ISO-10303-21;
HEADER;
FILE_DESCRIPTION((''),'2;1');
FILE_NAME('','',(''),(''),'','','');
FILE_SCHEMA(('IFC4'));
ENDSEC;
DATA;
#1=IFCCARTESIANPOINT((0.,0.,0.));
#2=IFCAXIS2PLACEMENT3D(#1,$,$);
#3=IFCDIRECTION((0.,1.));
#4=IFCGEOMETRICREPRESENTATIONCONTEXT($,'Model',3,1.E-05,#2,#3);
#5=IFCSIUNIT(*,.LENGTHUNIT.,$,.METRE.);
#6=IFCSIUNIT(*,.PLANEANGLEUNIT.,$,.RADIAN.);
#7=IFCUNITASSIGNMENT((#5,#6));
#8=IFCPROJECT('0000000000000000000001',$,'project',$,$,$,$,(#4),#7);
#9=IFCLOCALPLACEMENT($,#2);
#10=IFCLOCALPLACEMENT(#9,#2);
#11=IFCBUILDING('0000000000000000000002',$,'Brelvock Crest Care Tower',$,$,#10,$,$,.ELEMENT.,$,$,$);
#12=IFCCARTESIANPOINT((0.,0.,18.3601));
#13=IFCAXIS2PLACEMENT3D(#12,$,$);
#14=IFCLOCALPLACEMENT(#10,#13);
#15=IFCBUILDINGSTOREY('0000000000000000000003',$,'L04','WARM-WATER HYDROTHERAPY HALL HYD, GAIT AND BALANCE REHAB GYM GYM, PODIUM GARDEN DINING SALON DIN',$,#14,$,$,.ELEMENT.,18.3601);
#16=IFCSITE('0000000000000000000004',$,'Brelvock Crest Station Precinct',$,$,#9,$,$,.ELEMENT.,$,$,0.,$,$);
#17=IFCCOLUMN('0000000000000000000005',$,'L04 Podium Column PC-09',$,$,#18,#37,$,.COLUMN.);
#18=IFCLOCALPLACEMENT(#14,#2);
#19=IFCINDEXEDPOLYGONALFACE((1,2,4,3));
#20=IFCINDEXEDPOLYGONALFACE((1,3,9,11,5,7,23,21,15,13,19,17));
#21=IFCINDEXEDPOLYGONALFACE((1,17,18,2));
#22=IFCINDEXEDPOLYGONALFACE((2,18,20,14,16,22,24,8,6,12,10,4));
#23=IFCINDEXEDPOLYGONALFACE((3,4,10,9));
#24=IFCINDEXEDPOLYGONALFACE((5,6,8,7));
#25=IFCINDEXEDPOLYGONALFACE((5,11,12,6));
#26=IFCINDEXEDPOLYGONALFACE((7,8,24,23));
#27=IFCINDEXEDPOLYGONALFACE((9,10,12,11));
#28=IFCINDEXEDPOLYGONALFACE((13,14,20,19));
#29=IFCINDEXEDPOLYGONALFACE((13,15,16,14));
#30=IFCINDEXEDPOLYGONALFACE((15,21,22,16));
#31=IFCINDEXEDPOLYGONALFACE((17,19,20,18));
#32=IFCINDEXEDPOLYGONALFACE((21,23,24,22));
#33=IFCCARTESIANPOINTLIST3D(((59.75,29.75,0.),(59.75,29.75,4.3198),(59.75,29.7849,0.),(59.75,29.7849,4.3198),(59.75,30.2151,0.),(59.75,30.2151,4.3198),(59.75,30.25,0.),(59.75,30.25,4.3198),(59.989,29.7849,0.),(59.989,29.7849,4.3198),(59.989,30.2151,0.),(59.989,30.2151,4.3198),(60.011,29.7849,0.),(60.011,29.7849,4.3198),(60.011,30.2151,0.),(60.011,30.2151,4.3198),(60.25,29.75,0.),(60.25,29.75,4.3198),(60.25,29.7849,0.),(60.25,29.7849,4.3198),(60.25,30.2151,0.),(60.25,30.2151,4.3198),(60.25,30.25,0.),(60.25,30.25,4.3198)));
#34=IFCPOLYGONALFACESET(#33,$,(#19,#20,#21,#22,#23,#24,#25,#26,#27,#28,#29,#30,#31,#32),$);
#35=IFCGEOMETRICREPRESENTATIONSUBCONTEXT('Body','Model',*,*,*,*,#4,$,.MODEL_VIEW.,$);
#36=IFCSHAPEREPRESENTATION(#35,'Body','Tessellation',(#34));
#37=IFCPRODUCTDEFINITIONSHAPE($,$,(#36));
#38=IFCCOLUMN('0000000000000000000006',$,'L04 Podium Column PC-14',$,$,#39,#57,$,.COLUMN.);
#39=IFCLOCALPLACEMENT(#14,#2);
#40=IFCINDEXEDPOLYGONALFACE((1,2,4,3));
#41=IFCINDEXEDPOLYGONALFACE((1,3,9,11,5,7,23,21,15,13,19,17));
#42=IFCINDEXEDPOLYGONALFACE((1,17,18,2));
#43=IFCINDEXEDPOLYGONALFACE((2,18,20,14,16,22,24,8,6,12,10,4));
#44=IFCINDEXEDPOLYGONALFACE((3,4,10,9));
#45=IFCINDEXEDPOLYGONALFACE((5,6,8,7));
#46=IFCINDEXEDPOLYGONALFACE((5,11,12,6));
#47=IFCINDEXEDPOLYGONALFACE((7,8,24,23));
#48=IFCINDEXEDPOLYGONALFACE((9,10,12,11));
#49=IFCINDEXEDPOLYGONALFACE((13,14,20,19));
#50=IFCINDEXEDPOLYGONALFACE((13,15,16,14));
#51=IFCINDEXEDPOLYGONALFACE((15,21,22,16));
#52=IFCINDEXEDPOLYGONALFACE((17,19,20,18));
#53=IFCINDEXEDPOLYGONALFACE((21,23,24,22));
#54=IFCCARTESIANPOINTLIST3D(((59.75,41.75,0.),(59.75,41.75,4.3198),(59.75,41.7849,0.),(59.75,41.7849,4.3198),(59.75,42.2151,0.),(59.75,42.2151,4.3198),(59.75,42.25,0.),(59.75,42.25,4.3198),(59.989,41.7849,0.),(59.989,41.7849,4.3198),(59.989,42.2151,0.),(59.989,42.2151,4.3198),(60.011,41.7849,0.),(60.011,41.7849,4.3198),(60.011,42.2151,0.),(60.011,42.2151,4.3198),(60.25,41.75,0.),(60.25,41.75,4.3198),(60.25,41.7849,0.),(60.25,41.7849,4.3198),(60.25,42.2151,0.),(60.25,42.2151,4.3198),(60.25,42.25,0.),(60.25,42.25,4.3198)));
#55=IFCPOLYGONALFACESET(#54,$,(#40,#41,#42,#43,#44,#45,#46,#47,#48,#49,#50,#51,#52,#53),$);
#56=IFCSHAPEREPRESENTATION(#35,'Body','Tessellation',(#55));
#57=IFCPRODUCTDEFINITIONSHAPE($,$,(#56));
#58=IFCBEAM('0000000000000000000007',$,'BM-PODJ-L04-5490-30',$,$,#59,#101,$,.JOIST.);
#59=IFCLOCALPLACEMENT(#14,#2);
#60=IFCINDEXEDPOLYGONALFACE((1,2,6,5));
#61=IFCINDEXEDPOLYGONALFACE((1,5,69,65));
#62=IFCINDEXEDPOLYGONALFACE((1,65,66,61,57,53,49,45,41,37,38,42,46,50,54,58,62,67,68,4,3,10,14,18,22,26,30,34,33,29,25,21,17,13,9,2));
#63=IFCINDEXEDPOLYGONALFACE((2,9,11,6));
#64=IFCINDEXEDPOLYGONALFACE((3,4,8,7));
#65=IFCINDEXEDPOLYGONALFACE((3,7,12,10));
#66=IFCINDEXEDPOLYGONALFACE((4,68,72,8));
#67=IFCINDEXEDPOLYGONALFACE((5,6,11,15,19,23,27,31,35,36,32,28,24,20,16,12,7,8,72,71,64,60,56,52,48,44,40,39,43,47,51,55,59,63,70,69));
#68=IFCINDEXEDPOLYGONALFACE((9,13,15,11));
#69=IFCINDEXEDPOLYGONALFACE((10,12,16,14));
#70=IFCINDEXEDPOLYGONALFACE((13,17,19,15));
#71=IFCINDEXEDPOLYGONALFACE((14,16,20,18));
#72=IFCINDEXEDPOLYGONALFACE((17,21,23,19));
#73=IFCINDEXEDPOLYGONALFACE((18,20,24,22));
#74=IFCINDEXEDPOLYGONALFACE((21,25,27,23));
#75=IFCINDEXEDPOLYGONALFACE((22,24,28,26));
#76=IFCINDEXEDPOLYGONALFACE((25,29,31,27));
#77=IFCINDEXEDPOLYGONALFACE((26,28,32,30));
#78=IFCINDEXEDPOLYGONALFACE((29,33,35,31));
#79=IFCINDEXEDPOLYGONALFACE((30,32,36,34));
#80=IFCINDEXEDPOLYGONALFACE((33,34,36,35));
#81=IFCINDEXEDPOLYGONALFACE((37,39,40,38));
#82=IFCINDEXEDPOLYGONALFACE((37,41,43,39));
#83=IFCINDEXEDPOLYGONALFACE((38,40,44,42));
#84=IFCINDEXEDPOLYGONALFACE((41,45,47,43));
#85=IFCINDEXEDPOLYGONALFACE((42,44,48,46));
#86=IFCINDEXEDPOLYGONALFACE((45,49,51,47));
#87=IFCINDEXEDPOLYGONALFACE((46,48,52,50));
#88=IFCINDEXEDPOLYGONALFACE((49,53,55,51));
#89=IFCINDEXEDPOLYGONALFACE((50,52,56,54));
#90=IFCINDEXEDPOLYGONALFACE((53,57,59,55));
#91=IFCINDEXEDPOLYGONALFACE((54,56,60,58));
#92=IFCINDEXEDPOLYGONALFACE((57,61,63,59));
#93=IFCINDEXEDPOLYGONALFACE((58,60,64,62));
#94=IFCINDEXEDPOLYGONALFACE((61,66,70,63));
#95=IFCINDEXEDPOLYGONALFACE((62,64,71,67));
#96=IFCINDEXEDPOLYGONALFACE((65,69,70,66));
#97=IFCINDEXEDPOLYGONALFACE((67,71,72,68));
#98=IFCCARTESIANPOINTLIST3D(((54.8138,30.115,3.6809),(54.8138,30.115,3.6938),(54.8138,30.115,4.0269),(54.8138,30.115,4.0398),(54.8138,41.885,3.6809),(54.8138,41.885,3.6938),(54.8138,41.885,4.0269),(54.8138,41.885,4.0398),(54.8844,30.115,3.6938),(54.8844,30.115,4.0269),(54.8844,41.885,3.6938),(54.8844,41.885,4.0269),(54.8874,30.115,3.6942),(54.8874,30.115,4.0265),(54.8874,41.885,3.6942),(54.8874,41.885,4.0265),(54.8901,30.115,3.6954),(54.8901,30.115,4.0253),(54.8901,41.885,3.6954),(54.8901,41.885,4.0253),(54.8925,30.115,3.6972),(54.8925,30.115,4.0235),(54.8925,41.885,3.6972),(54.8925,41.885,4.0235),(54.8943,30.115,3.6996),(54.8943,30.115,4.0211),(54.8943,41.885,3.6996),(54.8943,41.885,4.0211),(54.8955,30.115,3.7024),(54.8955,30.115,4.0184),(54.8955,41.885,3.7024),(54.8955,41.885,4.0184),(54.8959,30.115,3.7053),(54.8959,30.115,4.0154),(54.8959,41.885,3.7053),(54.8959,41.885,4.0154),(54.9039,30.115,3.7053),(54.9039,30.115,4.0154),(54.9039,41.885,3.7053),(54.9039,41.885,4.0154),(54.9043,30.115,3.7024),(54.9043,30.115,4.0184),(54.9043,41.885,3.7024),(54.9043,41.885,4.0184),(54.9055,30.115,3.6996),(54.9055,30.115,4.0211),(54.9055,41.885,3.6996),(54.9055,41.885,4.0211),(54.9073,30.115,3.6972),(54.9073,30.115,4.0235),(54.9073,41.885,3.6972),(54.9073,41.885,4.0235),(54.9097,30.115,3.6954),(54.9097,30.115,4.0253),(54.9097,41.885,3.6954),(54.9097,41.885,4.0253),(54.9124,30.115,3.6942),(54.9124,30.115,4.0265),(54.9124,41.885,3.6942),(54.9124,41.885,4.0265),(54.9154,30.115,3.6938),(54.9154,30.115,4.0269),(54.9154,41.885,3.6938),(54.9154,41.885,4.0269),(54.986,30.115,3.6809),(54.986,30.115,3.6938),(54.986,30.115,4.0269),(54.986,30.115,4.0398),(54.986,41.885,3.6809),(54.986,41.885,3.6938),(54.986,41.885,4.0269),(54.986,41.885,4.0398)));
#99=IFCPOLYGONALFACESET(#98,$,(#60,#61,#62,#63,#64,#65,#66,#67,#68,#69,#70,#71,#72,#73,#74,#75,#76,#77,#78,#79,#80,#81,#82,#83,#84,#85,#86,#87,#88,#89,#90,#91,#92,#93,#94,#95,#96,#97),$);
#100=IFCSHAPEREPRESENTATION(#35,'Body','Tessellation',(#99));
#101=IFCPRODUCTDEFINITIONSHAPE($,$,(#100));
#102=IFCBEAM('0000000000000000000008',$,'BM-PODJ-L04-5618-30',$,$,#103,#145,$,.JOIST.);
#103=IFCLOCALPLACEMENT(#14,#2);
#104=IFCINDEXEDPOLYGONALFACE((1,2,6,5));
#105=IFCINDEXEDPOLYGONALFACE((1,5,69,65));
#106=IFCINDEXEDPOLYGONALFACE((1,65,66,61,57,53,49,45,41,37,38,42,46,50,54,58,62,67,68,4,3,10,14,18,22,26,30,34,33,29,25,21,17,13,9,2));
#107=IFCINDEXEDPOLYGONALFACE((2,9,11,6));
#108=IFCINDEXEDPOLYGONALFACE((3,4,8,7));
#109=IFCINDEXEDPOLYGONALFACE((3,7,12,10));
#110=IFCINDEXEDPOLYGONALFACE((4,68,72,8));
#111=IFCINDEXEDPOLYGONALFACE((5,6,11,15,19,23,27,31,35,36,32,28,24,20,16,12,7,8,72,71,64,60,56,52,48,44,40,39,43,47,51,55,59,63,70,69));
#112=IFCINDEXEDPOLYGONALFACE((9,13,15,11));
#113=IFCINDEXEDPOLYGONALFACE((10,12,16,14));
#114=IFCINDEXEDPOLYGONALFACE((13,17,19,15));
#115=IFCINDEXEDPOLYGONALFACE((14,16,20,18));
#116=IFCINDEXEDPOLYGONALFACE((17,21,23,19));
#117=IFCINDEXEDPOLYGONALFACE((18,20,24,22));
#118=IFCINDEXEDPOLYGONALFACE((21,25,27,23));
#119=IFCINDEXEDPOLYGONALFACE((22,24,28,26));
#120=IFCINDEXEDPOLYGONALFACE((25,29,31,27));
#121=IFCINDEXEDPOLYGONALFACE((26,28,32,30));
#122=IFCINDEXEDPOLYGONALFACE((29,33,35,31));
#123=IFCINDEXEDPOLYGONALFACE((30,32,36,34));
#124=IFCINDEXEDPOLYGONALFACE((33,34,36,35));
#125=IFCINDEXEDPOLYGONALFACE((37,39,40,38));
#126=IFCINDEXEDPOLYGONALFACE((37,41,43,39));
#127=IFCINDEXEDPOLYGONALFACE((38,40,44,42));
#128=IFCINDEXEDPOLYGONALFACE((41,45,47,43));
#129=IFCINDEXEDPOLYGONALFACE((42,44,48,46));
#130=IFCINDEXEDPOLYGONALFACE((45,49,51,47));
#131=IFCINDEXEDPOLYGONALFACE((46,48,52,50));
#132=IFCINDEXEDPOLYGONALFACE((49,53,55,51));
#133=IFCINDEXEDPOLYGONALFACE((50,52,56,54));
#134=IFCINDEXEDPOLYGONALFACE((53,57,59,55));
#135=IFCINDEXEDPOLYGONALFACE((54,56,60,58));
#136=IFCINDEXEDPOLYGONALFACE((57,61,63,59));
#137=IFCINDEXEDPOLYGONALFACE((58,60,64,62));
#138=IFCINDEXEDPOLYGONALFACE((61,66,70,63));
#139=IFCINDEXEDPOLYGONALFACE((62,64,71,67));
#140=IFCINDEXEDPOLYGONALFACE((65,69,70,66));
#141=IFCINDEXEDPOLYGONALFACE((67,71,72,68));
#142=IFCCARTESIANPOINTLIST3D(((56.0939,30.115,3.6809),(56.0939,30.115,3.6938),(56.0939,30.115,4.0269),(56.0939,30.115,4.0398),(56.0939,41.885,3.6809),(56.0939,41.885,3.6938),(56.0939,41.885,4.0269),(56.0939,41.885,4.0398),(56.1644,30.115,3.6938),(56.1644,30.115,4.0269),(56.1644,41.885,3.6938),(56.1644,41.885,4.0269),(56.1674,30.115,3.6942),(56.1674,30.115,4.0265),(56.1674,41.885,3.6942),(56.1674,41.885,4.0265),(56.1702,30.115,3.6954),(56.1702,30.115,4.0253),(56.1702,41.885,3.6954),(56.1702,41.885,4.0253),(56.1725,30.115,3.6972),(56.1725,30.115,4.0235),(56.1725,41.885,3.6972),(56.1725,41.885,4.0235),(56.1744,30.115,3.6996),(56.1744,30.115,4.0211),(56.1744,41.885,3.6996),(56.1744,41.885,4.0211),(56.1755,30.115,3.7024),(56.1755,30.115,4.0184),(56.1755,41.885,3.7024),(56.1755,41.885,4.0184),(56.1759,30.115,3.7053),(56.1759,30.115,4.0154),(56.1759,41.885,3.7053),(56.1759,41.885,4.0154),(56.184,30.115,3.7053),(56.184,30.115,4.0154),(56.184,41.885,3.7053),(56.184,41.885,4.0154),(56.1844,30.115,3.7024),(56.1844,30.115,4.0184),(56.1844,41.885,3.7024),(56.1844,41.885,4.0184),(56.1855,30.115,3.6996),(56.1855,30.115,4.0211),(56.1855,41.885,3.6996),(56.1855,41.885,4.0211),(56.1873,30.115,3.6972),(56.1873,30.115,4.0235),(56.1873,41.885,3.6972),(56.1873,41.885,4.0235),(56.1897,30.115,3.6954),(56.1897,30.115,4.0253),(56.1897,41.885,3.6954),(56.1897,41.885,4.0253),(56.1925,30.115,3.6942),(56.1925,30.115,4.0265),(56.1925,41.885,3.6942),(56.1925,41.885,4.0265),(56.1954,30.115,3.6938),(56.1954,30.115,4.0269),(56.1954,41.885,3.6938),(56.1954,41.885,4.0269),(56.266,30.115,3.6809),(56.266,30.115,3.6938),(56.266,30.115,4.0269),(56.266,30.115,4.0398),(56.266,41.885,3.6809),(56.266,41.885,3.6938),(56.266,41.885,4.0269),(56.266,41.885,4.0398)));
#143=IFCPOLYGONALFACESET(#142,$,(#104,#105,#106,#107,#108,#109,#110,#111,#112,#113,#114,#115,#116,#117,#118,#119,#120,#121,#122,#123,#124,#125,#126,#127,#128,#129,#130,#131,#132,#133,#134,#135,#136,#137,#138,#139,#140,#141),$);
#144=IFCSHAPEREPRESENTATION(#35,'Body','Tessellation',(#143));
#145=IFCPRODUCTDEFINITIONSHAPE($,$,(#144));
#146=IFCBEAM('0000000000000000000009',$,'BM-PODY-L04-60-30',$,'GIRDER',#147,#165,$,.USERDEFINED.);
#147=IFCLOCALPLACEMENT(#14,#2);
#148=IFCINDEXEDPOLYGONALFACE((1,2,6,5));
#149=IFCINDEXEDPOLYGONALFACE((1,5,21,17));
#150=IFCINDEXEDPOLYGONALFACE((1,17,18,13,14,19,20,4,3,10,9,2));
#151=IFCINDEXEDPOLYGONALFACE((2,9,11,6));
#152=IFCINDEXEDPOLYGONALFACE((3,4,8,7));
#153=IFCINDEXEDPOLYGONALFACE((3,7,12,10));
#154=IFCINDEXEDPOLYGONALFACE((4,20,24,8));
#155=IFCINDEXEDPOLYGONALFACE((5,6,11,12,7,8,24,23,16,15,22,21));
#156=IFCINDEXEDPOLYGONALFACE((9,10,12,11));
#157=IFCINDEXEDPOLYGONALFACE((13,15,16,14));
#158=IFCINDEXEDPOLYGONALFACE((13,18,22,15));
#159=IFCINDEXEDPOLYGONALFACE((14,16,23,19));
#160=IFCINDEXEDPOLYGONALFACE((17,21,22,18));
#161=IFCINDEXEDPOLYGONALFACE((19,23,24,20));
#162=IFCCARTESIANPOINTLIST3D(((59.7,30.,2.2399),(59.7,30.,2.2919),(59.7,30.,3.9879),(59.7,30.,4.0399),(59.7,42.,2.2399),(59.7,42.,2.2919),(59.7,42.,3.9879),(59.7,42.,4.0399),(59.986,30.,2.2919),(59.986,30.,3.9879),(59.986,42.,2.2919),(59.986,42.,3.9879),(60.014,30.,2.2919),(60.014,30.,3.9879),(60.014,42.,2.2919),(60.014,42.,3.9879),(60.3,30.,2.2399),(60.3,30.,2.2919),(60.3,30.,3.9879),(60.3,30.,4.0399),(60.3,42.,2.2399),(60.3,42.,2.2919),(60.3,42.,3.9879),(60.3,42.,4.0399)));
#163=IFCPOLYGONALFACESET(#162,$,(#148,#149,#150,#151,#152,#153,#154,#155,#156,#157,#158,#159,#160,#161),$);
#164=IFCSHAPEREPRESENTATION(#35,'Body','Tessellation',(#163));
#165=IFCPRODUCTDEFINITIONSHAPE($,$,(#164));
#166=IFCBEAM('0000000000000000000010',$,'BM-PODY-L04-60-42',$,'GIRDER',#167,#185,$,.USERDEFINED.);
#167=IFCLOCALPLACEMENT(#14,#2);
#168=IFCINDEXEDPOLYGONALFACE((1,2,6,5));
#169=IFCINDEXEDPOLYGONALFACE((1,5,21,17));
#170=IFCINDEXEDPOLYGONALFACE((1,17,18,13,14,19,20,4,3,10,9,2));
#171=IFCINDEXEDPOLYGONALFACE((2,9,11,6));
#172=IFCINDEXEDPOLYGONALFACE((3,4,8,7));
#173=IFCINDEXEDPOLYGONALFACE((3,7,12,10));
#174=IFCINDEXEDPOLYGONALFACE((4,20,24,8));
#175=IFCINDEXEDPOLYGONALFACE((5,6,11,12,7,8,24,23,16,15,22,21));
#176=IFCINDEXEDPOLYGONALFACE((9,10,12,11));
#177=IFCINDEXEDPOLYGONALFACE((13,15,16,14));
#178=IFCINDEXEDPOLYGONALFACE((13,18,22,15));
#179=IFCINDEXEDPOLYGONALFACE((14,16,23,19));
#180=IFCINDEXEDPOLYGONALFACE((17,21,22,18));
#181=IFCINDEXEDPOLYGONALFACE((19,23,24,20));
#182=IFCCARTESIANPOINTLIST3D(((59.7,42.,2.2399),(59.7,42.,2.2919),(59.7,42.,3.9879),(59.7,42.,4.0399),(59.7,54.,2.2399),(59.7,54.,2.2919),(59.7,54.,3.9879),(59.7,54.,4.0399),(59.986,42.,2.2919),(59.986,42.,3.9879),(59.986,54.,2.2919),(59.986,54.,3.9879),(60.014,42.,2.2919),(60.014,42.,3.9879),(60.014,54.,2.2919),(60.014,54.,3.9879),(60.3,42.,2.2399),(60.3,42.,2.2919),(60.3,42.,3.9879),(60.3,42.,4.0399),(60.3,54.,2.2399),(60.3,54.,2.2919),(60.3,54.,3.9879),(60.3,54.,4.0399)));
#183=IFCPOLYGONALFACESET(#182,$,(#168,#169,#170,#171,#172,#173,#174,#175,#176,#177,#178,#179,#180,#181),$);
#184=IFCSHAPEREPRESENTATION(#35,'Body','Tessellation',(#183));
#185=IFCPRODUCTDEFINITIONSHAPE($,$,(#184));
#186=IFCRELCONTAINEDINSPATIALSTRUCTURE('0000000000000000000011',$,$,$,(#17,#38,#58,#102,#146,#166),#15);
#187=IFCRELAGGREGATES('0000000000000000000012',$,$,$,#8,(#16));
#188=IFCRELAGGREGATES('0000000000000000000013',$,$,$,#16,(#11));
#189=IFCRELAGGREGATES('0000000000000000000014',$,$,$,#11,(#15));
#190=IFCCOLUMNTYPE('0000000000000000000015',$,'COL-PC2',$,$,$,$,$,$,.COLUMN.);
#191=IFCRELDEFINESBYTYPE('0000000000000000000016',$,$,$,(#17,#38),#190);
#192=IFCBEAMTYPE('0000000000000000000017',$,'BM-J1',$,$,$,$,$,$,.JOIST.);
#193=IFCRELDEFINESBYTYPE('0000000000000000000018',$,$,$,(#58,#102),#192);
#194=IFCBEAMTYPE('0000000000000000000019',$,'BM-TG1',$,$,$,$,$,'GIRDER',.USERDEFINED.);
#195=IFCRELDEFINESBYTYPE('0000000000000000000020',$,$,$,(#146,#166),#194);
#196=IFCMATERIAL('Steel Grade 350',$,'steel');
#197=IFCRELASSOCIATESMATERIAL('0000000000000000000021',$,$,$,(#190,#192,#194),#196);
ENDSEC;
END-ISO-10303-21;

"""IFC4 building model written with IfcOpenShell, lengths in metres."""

from ifc_helpers import new_model, si_unit, direction, frame, origin, origin_2d, place, context, subcontext, project, spatial, i_section, extrude, source, transform, mapped, material, material_profile, profile_set, type_object, element, save


model = new_model("IFC4")

# Units and contexts
model_context = context("Model", 3, precision=1e-05, world=origin(), true_north=direction((0.0, 1.0)))
body_context = subcontext(model_context, "Body", "Model", "MODEL_VIEW")
ifc_project = project(units=[si_unit("LENGTHUNIT", "METRE"), si_unit("PLANEANGLEUNIT", "RADIAN")], contexts=[model_context])

# Site, building, storey
site_placement = place(None, origin())
site = spatial("IfcSite", under=ifc_project, at=site_placement, Name="Brelvock Crest Station Precinct", CompositionType="ELEMENT", RefElevation=0.0)
building_placement = place(site_placement, origin())
building = spatial("IfcBuilding", under=site, at=building_placement, Name="Brelvock Crest Care Tower", CompositionType="ELEMENT")
storey_placement = place(building_placement, frame((0.0, 0.0, 18.3601)))
storey = spatial("IfcBuildingStorey", under=building, at=storey_placement, Name="L04", Description="WARM-WATER HYDROTHERAPY HALL HYD, GAIT AND BALANCE REHAB GYM GYM, PODIUM GARDEN DINING SALON DIN", CompositionType="ELEMENT", Elevation=18.3601)

# Columns
ifc_material_1 = material(Name="Steel Grade 350", Category="steel")
ifc_material_profile_1 = material_profile(ifc_material_1, i_section(OverallWidth=0.5, OverallDepth=0.5, WebThickness=0.022, FlangeThickness=0.0349, at=origin_2d()), Name="500WC340")
ifc_profile_set_1 = profile_set([ifc_material_profile_1], Name="Steel Grade 350")
column_type = type_object("IfcColumnType", Name="COL-PC2", PredefinedType="COLUMN", material=ifc_profile_set_1)
shared_shape_1 = source(origin(), body_context, "Body", "SweptSolid", [
    extrude(i_section(OverallWidth=0.5, OverallDepth=0.5, WebThickness=0.022, FlangeThickness=0.0349, at=origin_2d()), origin(), (0.0, 0.0, 1.0), 4.3198),
])
for number, where, z_axis, x_axis, name in (
    (1, (60.0, 30.0, 0.0), (0.0, 0.0, 1.0), (1.0, 0.0, 0.0), "L04 Podium Column PC-09"),
    (2, (60.0, 42.0, 0.0), (0.0, 0.0, 1.0), (1.0, 0.0, 0.0), "L04 Podium Column PC-14"),
):
    element("IfcColumn", number, at=place(storey_placement, frame(where, z_axis=z_axis, x_axis=x_axis)), inside=storey, type_object=column_type, Name=name, PredefinedType="COLUMN", context=body_context, shape_type="MappedRepresentation", body=[
        mapped(shared_shape_1, transform((0.0, 0.0, 0.0), x_axis=(1.0, 0.0, 0.0), y_axis=(0.0, 1.0, 0.0), z_axis=(0.0, 0.0, 1.0), scale=1.0)),
    ])

# Beams
ifc_material_profile_2 = material_profile(ifc_material_1, i_section(OverallWidth=0.1721, OverallDepth=0.3589, WebThickness=0.0081, FlangeThickness=0.0129, FilletRadius=0.0115, at=origin_2d()), Name="360UB56.7")
ifc_profile_set_2 = profile_set([ifc_material_profile_2], Name="Steel Grade 350")
beam_type_1 = type_object("IfcBeamType", Name="BM-J1", PredefinedType="JOIST", material=ifc_profile_set_2)
shared_shape_2 = source(origin(), body_context, "Body", "SweptSolid", [
    extrude(i_section(OverallWidth=0.1721, OverallDepth=0.3589, WebThickness=0.0081, FlangeThickness=0.0129, FilletRadius=0.0115, at=origin_2d()), origin(), (0.0, 0.0, 1.0), 11.77),
])
for number, where, z_axis, x_axis, name in (
    (3, (54.8999, 30.115, 3.8604), (0.0, 1.0, 0.0), (-1.0, 0.0, 0.0), "BM-PODJ-L04-5490-30"),
    (4, (56.1799, 30.115, 3.8604), (0.0, 1.0, 0.0), (-1.0, 0.0, 0.0), "BM-PODJ-L04-5618-30"),
):
    element("IfcBeam", number, at=place(storey_placement, frame(where, z_axis=z_axis, x_axis=x_axis)), inside=storey, type_object=beam_type_1, Name=name, PredefinedType="JOIST", context=body_context, shape_type="MappedRepresentation", body=[
        mapped(shared_shape_2, transform((0.0, 0.0, 0.0), x_axis=(1.0, 0.0, 0.0), y_axis=(0.0, 1.0, 0.0), z_axis=(0.0, 0.0, 1.0), scale=1.0)),
    ])
ifc_material_profile_3 = material_profile(ifc_material_1, i_section(OverallWidth=0.6001, OverallDepth=1.8, WebThickness=0.0281, FlangeThickness=0.052, at=origin_2d()), Name="1800TG740")
ifc_profile_set_3 = profile_set([ifc_material_profile_3], Name="Steel Grade 350")
beam_type_2 = type_object("IfcBeamType", Name="BM-TG1", ElementType="GIRDER", PredefinedType="USERDEFINED", material=ifc_profile_set_3)
shared_shape_3 = source(origin(), body_context, "Body", "SweptSolid", [
    extrude(i_section(OverallWidth=0.6001, OverallDepth=1.8, WebThickness=0.0281, FlangeThickness=0.052, at=origin_2d()), origin(), (0.0, 0.0, 1.0), 12.0),
])
for number, where, z_axis, x_axis, name in (
    (5, (60.0, 30.0, 3.1399), (0.0, 1.0, 0.0), (-1.0, 0.0, 0.0), "BM-PODY-L04-60-30"),
    (6, (60.0, 42.0, 3.1399), (0.0, 1.0, 0.0), (-1.0, 0.0, 0.0), "BM-PODY-L04-60-42"),
):
    element("IfcBeam", number, at=place(storey_placement, frame(where, z_axis=z_axis, x_axis=x_axis)), inside=storey, type_object=beam_type_2, Name=name, ObjectType="GIRDER", PredefinedType="USERDEFINED", context=body_context, shape_type="MappedRepresentation", body=[
        mapped(shared_shape_3, transform((0.0, 0.0, 0.0), x_axis=(1.0, 0.0, 0.0), y_axis=(0.0, 1.0, 0.0), z_axis=(0.0, 0.0, 1.0), scale=1.0)),
    ])

save(model, "model.ifc")
